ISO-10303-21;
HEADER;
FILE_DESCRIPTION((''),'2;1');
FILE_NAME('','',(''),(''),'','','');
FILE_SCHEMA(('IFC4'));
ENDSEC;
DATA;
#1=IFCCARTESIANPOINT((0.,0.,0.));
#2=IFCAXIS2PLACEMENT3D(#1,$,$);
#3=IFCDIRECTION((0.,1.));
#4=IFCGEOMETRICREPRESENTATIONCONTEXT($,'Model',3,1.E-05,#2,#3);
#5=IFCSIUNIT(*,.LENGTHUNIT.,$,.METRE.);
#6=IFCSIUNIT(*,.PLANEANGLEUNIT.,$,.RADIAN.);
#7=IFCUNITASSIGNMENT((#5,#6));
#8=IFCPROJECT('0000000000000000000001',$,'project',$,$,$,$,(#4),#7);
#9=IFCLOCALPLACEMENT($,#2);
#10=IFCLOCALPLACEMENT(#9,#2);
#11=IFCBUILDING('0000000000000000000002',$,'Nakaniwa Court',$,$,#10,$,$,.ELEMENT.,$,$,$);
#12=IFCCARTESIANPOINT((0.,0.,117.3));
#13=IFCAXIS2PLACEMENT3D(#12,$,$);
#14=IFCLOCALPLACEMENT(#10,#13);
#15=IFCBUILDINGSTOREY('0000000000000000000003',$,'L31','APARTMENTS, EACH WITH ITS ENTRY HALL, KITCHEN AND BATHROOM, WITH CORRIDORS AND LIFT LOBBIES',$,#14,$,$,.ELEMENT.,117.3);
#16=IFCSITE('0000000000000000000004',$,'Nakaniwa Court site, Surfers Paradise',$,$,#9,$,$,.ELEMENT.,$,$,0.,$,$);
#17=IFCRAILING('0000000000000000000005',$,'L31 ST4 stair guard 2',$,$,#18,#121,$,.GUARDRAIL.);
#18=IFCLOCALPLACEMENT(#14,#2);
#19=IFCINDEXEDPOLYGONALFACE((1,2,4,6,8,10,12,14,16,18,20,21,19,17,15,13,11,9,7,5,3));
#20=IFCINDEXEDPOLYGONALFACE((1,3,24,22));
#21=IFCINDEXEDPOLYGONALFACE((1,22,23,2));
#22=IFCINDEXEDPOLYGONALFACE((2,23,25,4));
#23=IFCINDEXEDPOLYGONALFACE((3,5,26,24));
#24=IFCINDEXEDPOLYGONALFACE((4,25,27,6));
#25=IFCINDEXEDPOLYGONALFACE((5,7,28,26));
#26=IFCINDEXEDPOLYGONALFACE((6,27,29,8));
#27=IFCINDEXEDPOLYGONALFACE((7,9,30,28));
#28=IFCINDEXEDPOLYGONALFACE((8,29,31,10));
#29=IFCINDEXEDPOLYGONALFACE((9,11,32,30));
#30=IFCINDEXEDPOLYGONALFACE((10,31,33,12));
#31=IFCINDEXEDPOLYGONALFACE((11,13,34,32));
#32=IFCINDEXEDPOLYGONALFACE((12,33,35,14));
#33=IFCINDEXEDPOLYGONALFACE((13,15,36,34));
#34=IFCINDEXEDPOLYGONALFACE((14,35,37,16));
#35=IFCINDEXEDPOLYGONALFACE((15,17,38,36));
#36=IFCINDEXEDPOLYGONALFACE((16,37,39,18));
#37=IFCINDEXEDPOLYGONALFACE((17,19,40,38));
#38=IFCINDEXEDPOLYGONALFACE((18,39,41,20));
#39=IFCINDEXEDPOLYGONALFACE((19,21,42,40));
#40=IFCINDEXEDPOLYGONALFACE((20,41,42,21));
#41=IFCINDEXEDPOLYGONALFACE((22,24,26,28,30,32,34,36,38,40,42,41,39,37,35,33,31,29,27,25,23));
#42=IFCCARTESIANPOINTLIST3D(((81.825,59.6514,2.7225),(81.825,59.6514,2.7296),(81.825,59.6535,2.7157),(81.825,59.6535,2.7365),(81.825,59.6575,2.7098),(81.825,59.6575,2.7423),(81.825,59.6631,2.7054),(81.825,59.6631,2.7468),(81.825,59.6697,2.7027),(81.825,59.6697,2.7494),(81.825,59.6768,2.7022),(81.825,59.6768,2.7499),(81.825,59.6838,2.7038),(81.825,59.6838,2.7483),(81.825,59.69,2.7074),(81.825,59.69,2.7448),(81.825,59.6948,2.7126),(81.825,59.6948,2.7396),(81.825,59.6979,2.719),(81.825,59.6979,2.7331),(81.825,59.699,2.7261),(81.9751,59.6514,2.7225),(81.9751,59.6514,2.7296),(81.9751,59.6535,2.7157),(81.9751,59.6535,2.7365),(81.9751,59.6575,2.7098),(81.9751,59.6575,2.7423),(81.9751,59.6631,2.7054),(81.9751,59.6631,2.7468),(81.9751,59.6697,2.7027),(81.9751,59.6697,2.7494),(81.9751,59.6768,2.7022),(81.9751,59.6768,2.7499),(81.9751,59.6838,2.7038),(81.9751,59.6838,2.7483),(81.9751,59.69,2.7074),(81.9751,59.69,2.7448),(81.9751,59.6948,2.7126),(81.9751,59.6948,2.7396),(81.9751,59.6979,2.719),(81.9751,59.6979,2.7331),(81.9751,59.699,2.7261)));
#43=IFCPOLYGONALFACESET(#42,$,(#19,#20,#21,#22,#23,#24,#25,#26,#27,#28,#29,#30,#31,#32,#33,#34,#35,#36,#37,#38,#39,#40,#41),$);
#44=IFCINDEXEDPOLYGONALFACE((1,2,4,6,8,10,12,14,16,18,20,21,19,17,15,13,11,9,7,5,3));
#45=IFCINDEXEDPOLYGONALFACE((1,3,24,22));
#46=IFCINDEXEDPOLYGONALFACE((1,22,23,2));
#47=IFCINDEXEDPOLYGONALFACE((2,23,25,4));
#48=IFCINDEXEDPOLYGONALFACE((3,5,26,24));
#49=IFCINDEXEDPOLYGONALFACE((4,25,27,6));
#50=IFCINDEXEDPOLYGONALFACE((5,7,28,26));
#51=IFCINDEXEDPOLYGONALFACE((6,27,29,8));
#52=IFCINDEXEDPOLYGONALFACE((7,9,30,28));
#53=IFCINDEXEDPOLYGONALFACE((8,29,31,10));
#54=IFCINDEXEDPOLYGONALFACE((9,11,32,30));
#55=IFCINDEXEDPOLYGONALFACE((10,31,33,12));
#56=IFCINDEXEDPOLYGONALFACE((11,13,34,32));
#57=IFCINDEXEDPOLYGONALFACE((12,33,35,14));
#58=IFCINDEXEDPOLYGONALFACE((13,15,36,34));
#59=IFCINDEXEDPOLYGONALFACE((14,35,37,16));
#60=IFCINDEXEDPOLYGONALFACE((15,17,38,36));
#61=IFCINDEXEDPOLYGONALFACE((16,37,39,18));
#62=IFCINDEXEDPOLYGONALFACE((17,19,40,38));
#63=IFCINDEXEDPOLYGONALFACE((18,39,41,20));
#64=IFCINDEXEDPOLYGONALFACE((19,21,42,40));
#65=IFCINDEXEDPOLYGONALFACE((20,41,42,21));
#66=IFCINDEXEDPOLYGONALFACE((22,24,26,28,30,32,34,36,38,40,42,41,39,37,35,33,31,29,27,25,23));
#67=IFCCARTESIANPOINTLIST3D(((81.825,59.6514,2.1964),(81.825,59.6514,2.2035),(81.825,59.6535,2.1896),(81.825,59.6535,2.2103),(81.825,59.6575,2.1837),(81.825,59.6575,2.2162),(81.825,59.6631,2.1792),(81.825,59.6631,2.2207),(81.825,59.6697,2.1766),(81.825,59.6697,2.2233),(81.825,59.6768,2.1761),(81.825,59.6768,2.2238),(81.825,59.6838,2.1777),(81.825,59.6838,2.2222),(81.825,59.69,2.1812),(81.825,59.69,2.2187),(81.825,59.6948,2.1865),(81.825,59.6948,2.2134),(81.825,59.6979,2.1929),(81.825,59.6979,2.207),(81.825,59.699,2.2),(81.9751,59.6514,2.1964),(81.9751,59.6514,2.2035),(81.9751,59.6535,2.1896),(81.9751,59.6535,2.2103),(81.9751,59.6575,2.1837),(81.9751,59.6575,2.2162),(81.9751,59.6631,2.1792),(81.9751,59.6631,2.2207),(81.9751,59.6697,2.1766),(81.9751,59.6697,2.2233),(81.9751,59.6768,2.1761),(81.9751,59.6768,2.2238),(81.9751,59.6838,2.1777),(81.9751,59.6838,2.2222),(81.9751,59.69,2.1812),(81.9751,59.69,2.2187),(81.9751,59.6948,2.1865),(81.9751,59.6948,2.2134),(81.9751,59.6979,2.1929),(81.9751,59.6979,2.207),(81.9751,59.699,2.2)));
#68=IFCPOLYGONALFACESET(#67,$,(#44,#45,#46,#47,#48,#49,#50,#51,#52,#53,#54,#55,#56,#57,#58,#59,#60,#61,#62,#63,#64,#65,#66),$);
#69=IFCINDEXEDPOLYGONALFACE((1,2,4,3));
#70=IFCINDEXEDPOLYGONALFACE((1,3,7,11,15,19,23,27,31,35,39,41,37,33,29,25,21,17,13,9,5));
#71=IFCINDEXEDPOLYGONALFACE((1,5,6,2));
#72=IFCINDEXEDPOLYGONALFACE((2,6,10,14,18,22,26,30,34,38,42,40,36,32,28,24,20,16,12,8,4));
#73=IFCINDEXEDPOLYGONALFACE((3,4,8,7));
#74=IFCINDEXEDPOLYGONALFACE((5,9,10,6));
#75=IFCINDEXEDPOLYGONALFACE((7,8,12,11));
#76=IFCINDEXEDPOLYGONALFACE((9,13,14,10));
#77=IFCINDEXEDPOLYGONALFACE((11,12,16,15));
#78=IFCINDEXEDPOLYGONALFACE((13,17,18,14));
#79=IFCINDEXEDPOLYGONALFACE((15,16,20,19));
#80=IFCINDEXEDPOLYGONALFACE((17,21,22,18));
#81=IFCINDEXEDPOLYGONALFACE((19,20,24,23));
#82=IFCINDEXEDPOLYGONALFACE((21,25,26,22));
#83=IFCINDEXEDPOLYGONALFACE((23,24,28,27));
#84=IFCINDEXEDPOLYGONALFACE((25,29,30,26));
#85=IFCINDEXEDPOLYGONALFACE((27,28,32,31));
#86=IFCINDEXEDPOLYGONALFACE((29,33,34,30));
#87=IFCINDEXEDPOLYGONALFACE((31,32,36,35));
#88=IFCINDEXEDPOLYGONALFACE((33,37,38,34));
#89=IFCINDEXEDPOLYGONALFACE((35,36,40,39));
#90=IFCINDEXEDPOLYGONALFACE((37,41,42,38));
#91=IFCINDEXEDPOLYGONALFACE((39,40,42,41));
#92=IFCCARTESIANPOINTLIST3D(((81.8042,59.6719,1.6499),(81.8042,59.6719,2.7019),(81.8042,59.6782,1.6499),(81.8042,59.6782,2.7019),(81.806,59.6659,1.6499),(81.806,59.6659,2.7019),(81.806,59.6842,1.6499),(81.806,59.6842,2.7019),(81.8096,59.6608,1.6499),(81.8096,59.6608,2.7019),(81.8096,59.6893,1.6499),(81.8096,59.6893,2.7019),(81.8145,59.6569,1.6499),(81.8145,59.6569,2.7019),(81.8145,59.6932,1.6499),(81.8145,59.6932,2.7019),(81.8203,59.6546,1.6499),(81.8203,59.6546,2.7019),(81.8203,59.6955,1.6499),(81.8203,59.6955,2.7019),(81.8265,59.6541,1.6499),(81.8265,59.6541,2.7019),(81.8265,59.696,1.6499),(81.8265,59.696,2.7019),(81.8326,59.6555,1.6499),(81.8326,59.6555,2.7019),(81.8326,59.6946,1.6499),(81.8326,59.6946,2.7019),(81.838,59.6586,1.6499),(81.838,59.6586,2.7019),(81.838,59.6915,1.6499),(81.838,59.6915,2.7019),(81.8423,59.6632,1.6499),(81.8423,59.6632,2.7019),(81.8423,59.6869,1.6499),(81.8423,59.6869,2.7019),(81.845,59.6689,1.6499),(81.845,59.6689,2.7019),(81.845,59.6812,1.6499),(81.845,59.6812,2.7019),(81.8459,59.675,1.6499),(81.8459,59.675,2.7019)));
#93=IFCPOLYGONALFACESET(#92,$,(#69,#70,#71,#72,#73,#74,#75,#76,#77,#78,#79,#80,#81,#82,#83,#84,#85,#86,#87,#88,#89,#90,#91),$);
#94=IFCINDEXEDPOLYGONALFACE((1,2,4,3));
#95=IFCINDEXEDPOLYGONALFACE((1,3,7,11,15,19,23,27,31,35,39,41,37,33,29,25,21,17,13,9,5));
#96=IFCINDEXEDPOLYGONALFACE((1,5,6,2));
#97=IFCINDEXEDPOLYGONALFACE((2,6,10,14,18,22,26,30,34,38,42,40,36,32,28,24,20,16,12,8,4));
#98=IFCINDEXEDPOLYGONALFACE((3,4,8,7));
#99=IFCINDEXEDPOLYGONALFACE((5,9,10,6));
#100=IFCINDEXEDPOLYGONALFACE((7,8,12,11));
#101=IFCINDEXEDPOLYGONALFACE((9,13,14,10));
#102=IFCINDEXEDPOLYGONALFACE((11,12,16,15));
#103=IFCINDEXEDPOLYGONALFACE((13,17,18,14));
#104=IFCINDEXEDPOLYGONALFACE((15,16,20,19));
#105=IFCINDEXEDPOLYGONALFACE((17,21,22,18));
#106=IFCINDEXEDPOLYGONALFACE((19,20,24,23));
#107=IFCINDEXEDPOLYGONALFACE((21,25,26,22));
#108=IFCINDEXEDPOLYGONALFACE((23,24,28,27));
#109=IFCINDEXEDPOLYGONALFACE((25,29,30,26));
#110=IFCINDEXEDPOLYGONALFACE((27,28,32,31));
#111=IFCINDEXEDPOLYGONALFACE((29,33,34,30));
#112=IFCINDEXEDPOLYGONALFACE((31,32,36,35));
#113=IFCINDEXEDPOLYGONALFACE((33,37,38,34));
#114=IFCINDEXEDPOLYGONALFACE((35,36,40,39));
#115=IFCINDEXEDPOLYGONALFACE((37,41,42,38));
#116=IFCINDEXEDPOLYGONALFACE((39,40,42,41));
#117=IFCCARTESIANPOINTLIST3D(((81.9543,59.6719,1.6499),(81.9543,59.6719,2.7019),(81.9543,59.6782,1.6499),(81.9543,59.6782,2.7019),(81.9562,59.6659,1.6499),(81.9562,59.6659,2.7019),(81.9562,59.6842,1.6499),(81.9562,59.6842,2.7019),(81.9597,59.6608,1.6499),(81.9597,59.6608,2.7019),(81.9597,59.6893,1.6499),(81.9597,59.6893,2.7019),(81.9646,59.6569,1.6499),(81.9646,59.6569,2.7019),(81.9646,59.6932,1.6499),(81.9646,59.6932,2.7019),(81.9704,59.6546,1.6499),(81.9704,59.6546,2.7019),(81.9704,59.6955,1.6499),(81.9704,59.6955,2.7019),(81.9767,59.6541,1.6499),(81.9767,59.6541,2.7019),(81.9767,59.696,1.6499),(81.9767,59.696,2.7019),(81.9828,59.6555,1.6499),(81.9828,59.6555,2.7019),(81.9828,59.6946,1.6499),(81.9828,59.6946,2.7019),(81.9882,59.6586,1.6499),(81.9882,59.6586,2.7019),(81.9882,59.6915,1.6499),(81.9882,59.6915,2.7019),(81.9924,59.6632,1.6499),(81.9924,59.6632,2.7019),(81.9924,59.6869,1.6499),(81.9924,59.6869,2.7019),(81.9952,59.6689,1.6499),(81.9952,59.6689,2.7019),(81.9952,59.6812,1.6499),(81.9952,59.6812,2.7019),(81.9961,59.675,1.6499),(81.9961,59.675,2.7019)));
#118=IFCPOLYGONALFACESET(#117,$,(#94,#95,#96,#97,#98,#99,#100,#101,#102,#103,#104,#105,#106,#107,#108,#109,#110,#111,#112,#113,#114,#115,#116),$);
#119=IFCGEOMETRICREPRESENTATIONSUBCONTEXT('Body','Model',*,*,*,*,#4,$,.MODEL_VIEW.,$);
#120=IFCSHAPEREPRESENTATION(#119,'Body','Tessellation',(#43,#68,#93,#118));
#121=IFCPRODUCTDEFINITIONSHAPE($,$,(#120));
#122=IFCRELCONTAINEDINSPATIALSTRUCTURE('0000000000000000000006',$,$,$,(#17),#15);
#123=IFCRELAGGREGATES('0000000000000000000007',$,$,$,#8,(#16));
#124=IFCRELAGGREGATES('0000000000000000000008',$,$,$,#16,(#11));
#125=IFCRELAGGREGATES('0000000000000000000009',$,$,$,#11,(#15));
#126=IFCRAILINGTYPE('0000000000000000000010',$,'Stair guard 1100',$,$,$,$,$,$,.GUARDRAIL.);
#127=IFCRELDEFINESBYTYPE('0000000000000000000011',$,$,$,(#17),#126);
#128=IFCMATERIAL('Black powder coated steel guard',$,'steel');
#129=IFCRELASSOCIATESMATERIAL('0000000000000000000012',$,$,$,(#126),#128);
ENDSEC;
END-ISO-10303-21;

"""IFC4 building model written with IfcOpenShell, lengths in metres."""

from ifc_helpers import new_model, si_unit, direction, frame, origin, origin_2d, place, context, subcontext, project, spatial, circle, extrude, material, type_object, element, save


model = new_model("IFC4")

# Units and contexts
model_context = context("Model", 3, precision=1e-05, world=origin(), true_north=direction((0.0, 1.0)))
body_context = subcontext(model_context, "Body", "Model", "MODEL_VIEW")
ifc_project = project(units=[si_unit("LENGTHUNIT", "METRE"), si_unit("PLANEANGLEUNIT", "RADIAN")], contexts=[model_context])

# Site, building, storey
site_placement = place(None, origin())
site = spatial("IfcSite", under=ifc_project, at=site_placement, Name="Nakaniwa Court site, Surfers Paradise", CompositionType="ELEMENT", RefElevation=0.0)
building_placement = place(site_placement, origin())
building = spatial("IfcBuilding", under=site, at=building_placement, Name="Nakaniwa Court", CompositionType="ELEMENT")
storey_placement = place(building_placement, frame((0.0, 0.0, 117.3)))
storey = spatial("IfcBuildingStorey", under=building, at=storey_placement, Name="L31", Description="APARTMENTS, EACH WITH ITS ENTRY HALL, KITCHEN AND BATHROOM, WITH CORRIDORS AND LIFT LOBBIES", CompositionType="ELEMENT", Elevation=117.3)

# Railing
ifc_material_1 = material(Name="Black powder coated steel guard", Category="steel")
railing_type_1 = type_object("IfcRailingType", Name="Stair guard 1100", PredefinedType="GUARDRAIL", material=ifc_material_1)
railing_1_placement = place(storey_placement, frame((81.825, 59.675, 1.6499)))
element("IfcRailing", 1, at=railing_1_placement, inside=storey, type_object=railing_type_1, Name="L31 ST4 stair guard 2", PredefinedType="GUARDRAIL", context=body_context, shape_type="SweptSolid", body=[
    extrude(circle(Radius=0.0239, at=origin_2d()), frame((0.0, 0.0, 1.0762), z_axis=(1.0, 0.0, 0.0), x_axis=(0.0, 1.0, 0.0)), (0.0, 0.0, 1.0), 0.1501),
    extrude(circle(Radius=0.0239, at=origin_2d()), frame((0.0, 0.0, 0.55), z_axis=(1.0, 0.0, 0.0), x_axis=(0.0, 1.0, 0.0)), (0.0, 0.0, 1.0), 0.1501),
    extrude(circle(Radius=0.021, at=origin_2d()), origin(), (0.0, 0.0, 1.0), 1.052),
    extrude(circle(Radius=0.021, at=origin_2d()), frame((0.1501, 0.0, 0.0)), (0.0, 0.0, 1.0), 1.052),
])

save(model, "model.ifc")
